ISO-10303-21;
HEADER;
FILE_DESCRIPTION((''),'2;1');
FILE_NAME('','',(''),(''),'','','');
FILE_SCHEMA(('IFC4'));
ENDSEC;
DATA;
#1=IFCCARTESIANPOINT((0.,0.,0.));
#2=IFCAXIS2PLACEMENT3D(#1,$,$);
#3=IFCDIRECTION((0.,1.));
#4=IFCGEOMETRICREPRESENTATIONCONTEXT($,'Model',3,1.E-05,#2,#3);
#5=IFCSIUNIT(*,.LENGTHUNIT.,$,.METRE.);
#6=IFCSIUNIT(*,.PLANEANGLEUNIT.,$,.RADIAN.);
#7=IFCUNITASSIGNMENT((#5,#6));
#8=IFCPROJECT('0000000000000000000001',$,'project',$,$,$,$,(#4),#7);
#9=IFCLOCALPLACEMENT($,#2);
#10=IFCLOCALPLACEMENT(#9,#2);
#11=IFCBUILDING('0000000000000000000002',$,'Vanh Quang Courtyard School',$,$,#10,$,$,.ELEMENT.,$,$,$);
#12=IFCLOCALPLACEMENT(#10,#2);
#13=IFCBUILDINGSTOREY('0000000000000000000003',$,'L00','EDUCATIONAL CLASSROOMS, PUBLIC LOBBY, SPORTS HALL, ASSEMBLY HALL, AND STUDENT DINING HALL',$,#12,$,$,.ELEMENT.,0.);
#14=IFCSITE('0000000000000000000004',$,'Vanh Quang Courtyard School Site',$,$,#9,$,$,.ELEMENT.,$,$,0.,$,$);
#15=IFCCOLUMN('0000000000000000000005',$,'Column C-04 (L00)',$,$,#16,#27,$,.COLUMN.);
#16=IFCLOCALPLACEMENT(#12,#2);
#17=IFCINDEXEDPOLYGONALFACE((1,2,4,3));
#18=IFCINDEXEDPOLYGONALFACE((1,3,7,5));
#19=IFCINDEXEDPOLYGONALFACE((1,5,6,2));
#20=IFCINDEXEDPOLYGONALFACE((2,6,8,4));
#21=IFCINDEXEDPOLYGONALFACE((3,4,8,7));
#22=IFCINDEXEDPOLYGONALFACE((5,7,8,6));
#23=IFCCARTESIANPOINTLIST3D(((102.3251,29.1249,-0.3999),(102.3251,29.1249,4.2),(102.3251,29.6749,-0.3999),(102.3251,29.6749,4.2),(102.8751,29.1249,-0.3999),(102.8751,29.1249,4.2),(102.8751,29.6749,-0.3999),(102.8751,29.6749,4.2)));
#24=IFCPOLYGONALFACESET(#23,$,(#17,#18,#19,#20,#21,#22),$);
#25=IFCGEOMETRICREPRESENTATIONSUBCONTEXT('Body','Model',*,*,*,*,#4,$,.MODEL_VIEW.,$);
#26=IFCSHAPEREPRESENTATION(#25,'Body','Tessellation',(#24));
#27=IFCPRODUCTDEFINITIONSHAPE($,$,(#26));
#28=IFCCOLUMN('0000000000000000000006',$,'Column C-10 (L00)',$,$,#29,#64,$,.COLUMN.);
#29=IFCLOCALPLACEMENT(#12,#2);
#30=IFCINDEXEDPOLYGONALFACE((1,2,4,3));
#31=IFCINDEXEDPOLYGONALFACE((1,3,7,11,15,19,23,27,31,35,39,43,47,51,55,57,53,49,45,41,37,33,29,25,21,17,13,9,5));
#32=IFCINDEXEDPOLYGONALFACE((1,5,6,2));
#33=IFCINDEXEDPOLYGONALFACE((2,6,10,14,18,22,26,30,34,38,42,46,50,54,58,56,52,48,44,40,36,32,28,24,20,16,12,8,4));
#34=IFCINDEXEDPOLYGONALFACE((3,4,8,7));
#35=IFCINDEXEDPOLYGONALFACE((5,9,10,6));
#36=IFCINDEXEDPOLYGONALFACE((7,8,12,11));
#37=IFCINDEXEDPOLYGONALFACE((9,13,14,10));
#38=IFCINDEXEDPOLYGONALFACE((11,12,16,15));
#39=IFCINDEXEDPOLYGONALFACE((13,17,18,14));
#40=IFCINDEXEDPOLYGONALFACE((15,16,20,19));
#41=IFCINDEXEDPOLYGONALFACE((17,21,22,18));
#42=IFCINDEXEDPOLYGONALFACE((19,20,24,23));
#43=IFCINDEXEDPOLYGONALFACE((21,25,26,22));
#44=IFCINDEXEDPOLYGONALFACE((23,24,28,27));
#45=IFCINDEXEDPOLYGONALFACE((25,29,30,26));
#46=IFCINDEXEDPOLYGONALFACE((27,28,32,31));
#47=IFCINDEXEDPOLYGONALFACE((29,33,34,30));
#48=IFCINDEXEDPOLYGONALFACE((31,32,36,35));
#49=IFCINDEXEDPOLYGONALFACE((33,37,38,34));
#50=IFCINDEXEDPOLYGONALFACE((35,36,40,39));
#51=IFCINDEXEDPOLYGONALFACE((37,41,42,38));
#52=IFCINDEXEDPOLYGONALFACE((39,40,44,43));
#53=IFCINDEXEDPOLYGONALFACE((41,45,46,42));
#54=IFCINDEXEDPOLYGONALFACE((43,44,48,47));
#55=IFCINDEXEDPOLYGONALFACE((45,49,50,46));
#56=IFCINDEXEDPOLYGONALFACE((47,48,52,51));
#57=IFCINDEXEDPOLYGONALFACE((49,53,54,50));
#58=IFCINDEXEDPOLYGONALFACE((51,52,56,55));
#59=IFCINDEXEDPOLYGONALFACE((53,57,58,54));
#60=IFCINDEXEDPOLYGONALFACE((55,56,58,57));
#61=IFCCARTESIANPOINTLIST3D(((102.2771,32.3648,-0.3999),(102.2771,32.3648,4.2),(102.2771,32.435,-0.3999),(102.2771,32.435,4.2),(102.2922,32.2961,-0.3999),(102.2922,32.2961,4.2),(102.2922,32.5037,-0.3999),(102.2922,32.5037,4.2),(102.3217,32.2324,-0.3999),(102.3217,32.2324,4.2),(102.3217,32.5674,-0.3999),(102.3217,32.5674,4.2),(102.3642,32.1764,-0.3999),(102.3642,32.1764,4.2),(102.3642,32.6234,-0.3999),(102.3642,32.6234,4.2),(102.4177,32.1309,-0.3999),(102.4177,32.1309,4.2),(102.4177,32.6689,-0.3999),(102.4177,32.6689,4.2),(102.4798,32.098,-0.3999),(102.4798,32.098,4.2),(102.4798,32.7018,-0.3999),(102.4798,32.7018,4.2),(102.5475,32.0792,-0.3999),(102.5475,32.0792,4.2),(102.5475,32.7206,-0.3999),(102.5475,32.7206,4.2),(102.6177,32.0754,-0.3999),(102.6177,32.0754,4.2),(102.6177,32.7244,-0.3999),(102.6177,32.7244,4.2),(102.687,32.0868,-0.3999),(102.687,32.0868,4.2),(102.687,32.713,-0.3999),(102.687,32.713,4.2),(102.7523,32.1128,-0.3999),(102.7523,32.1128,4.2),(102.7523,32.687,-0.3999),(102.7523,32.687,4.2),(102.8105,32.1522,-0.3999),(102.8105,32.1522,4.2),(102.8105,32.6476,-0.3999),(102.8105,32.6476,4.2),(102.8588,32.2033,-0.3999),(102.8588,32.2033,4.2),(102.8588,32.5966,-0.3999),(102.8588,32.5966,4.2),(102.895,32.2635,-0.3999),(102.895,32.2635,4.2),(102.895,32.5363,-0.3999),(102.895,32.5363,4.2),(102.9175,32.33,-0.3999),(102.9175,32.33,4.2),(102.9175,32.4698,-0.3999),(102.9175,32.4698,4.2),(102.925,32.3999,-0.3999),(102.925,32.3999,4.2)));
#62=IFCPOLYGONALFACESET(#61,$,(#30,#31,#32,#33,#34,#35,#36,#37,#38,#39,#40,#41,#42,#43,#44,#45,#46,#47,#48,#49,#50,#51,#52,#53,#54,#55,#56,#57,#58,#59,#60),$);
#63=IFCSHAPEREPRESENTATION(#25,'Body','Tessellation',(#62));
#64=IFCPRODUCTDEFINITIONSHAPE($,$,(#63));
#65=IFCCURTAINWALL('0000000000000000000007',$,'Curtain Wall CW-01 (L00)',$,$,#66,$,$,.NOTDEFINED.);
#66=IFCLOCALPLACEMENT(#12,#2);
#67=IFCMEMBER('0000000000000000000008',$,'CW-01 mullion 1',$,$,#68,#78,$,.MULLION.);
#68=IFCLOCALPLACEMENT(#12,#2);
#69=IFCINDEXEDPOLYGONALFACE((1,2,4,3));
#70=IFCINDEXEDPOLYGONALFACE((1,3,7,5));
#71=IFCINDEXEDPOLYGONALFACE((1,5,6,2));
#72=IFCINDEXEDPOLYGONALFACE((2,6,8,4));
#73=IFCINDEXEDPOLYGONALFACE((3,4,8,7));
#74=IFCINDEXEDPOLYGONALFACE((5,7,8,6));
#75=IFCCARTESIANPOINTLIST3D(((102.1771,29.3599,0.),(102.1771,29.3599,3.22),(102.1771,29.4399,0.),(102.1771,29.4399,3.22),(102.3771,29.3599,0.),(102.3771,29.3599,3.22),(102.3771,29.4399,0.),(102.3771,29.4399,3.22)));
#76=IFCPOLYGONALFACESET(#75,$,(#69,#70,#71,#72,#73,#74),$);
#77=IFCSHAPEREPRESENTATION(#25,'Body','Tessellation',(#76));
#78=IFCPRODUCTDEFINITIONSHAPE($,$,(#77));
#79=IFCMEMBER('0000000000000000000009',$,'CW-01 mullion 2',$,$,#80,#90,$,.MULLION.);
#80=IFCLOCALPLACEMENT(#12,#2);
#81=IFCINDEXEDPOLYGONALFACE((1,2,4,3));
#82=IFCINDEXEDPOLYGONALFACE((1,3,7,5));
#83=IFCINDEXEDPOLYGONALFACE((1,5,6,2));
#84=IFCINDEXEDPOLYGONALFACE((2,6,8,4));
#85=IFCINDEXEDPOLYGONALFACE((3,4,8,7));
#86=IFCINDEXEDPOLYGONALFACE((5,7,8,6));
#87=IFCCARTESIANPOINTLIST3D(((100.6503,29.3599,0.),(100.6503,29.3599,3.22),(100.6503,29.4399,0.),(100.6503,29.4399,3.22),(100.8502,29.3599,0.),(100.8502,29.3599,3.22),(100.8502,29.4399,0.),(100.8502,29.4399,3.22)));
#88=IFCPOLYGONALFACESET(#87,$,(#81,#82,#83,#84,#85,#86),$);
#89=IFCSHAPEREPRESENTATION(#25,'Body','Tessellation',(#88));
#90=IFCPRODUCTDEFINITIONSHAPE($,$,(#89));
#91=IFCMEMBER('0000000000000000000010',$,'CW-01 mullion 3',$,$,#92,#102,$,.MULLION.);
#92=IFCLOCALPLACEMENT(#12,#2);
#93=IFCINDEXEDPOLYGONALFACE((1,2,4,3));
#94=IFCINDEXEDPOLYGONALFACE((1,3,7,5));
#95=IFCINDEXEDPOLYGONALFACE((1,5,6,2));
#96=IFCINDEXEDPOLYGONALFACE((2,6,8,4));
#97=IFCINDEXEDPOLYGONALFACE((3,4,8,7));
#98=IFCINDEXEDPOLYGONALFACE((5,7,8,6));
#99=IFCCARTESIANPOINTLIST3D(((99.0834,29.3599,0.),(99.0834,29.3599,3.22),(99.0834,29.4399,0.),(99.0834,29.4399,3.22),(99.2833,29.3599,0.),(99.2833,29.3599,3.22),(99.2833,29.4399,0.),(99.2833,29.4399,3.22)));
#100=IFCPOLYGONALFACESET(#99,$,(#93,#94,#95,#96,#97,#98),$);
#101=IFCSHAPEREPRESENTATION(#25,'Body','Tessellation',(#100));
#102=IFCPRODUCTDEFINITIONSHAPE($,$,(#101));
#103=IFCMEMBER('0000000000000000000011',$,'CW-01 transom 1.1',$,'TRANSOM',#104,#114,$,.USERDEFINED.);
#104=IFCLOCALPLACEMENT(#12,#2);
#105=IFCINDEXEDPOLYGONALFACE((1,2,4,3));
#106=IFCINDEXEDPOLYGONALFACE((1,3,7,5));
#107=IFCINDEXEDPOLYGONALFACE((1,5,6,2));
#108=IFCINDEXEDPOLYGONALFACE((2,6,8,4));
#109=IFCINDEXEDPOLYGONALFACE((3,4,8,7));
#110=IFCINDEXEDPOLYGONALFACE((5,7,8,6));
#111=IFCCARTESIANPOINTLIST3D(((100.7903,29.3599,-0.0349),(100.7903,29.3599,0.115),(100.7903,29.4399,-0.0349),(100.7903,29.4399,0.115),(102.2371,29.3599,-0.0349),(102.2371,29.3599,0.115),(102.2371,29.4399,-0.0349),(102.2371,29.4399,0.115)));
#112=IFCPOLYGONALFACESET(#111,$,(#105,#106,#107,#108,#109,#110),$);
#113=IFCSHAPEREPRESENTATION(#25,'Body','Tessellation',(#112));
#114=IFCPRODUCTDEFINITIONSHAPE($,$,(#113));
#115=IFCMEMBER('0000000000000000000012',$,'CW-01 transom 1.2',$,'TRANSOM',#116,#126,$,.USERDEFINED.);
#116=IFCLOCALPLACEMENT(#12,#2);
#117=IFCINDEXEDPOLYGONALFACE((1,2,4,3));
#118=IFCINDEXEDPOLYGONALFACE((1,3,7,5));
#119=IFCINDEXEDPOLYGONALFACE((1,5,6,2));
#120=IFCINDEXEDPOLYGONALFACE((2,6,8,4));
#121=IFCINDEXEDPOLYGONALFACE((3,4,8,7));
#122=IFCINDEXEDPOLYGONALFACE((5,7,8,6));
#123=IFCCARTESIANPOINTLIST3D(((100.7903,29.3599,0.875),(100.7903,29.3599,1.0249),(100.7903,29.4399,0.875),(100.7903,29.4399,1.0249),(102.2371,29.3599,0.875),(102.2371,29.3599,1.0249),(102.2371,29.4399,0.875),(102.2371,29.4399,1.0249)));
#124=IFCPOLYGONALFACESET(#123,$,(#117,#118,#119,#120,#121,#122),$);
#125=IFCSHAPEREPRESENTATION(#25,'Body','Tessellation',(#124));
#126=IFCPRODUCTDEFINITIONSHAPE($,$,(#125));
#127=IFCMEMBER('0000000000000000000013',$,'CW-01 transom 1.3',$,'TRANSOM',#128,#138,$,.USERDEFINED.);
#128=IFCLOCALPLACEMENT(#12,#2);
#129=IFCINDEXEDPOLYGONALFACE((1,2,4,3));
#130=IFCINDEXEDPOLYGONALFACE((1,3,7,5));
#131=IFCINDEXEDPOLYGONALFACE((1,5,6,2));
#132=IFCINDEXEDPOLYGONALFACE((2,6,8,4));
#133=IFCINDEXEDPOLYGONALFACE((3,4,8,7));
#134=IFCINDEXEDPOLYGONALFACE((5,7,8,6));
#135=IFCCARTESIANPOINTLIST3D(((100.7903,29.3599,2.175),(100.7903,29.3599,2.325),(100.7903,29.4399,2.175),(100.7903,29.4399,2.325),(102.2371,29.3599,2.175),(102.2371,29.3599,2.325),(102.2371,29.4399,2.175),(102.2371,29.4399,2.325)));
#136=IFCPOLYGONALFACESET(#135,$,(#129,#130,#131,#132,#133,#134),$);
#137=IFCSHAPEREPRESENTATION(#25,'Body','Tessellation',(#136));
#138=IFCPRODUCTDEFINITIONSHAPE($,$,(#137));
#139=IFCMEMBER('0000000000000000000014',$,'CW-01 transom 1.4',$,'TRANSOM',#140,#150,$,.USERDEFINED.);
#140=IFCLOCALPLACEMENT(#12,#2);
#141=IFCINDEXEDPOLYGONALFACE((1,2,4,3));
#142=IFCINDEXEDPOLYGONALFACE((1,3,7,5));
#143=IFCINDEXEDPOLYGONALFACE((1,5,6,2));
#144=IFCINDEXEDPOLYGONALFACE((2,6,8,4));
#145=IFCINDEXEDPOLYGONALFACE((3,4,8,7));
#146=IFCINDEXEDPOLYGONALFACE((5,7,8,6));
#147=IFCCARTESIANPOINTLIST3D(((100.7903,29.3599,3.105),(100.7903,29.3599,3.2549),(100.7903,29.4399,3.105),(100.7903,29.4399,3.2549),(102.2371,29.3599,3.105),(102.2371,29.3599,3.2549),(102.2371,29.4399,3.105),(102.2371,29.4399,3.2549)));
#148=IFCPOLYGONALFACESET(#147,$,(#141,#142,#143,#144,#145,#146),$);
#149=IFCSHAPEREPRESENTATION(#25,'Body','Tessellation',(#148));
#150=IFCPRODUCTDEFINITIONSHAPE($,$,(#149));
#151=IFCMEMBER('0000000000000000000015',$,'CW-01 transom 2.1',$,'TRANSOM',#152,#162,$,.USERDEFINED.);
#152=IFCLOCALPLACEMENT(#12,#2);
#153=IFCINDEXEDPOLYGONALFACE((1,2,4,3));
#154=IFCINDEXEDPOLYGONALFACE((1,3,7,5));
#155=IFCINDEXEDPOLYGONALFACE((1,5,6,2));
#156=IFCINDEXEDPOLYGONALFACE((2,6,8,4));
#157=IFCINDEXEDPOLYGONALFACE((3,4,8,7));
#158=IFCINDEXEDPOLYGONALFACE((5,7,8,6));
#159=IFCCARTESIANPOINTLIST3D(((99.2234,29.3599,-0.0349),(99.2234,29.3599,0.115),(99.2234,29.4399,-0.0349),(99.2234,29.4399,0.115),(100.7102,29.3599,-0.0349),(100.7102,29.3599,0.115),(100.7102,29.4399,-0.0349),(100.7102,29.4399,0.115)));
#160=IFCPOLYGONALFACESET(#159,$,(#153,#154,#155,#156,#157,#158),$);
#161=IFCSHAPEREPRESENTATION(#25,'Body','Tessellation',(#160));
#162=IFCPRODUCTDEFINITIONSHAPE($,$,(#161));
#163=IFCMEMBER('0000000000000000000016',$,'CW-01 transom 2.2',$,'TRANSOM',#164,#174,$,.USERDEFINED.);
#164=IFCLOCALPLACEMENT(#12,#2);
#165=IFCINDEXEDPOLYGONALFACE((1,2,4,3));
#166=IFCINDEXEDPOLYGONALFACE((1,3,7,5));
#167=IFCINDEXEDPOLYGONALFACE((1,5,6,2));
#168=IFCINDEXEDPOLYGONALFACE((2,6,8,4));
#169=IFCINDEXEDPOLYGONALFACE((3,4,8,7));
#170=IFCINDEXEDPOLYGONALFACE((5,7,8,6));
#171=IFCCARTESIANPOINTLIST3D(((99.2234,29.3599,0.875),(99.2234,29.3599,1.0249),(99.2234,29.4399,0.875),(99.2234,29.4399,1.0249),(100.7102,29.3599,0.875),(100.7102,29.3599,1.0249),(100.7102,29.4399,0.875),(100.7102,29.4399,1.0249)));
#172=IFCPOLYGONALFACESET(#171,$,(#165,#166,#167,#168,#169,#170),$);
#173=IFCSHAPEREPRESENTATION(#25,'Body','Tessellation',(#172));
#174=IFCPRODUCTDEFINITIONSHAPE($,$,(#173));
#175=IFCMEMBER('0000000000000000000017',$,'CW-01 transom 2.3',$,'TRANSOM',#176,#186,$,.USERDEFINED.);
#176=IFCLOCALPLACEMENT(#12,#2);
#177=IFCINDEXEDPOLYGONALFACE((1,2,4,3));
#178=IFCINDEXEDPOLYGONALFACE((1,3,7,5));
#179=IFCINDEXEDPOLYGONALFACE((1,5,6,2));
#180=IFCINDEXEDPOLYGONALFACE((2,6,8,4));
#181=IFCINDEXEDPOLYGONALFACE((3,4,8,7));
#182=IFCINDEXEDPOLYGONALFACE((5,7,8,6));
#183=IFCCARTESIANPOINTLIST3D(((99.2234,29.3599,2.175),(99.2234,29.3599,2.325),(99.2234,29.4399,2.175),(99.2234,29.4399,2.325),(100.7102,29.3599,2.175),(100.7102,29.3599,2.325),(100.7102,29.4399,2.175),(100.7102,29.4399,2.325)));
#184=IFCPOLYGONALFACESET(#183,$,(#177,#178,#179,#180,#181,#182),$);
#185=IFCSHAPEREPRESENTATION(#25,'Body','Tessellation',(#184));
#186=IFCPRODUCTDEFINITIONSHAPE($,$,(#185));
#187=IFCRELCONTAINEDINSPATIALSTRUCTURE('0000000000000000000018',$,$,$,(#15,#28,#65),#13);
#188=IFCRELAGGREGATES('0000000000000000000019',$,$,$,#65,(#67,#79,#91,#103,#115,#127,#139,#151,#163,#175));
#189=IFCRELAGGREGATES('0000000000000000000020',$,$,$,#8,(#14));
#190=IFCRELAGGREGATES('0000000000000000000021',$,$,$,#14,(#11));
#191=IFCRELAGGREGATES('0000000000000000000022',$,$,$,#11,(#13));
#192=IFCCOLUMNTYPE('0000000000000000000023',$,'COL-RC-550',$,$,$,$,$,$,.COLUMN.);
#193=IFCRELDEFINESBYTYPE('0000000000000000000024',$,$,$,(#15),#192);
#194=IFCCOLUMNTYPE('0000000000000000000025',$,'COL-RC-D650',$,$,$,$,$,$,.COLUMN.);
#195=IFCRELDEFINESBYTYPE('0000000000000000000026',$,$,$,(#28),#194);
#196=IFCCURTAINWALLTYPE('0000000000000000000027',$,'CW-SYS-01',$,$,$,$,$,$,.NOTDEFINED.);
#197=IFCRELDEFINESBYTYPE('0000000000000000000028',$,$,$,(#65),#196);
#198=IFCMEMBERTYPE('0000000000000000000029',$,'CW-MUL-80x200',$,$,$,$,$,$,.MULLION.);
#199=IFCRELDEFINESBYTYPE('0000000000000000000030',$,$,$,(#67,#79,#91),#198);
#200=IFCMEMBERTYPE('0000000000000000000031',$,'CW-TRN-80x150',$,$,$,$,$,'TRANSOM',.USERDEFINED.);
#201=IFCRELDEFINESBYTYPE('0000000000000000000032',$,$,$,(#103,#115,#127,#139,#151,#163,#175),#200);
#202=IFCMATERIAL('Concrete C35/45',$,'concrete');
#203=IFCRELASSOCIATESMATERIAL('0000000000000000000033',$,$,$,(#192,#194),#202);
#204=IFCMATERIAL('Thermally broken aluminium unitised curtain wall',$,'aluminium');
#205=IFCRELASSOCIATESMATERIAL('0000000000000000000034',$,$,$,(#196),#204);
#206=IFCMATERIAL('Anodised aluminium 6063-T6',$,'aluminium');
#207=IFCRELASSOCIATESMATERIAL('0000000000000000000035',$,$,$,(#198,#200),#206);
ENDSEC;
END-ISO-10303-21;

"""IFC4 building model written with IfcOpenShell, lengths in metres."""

from ifc_helpers import new_model, si_unit, direction, frame, origin, origin_2d, place, context, subcontext, project, spatial, rectangle, circle, extrude, material, material_profile, profile_set, type_object, element, aggregate, save


model = new_model("IFC4")

# Units and contexts
model_context = context("Model", 3, precision=1e-05, world=origin(), true_north=direction((0.0, 1.0)))
body_context = subcontext(model_context, "Body", "Model", "MODEL_VIEW")
ifc_project = project(units=[si_unit("LENGTHUNIT", "METRE"), si_unit("PLANEANGLEUNIT", "RADIAN")], contexts=[model_context])

# Site, building, storey
site_placement = place(None, origin())
site = spatial("IfcSite", under=ifc_project, at=site_placement, Name="Vanh Quang Courtyard School Site", CompositionType="ELEMENT", RefElevation=0.0)
building_placement = place(site_placement, origin())
building = spatial("IfcBuilding", under=site, at=building_placement, Name="Vanh Quang Courtyard School", CompositionType="ELEMENT")
storey_placement = place(building_placement, origin())
storey = spatial("IfcBuildingStorey", under=building, at=storey_placement, Name="L00", Description="EDUCATIONAL CLASSROOMS, PUBLIC LOBBY, SPORTS HALL, ASSEMBLY HALL, AND STUDENT DINING HALL", CompositionType="ELEMENT", Elevation=0.0)

# Columns
ifc_material_1 = material(Name="Concrete C35/45", Category="concrete")
ifc_material_profile_1 = material_profile(ifc_material_1, rectangle(XDim=0.55, YDim=0.55, at=origin_2d()), Name="RC-COL 550x550")
ifc_profile_set_1 = profile_set([ifc_material_profile_1], Name="Concrete C35/45")
column_type_1 = type_object("IfcColumnType", Name="COL-RC-550", PredefinedType="COLUMN", material=ifc_profile_set_1)
column_1_placement = place(storey_placement, frame((102.6001, 29.3999, -0.3999), z_axis=(0.0, 0.0, 1.0), x_axis=(1.0, 0.0, 0.0)))
element("IfcColumn", 1, at=column_1_placement, inside=storey, type_object=column_type_1, Name="Column C-04 (L00)", PredefinedType="COLUMN", context=body_context, shape_type="SweptSolid", body=[
    extrude(rectangle(XDim=0.55, YDim=0.55, at=origin_2d()), origin(), (0.0, 0.0, 1.0), 4.5999),
])
ifc_material_profile_2 = material_profile(ifc_material_1, circle(Radius=0.325, at=origin_2d()), Name="RC-COL D650")
ifc_profile_set_2 = profile_set([ifc_material_profile_2], Name="Concrete C35/45")
column_type_2 = type_object("IfcColumnType", Name="COL-RC-D650", PredefinedType="COLUMN", material=ifc_profile_set_2)
column_2_placement = place(storey_placement, frame((102.6001, 32.3999, -0.3999), z_axis=(0.0, 0.0, 1.0), x_axis=(1.0, 0.0, 0.0)))
element("IfcColumn", 2, at=column_2_placement, inside=storey, type_object=column_type_2, Name="Column C-10 (L00)", PredefinedType="COLUMN", context=body_context, shape_type="SweptSolid", body=[
    extrude(circle(Radius=0.325, at=origin_2d()), origin(), (0.0, 0.0, 1.0), 4.5999),
])

# Curtain wall, members
ifc_material_2 = material(Name="Thermally broken aluminium unitised curtain wall", Category="aluminium")
curtain_wall_type = type_object("IfcCurtainWallType", Name="CW-SYS-01", PredefinedType="NOTDEFINED", material=ifc_material_2)
curtain_wall_placement = place(storey_placement, origin())
curtain_wall = element("IfcCurtainWall", 3, at=curtain_wall_placement, inside=storey, type_object=curtain_wall_type, Name="Curtain Wall CW-01 (L00)", PredefinedType="NOTDEFINED")
ifc_material_3 = material(Name="Anodised aluminium 6063-T6", Category="aluminium")
ifc_material_profile_3 = material_profile(ifc_material_3, rectangle(XDim=0.0801, YDim=0.2, at=origin_2d()), Name="ALU-MUL 80x200")
ifc_profile_set_3 = profile_set([ifc_material_profile_3], Name="Anodised aluminium 6063-T6")
member_type_1 = type_object("IfcMemberType", Name="CW-MUL-80x200", PredefinedType="MULLION", material=ifc_profile_set_3)
member_1_placement = place(storey_placement, frame((102.2771, 29.3999, 0.0), z_axis=(0.0, 0.0, 1.0), x_axis=(0.0, -1.0, 0.0)))
member_1 = element("IfcMember", 4, at=member_1_placement, type_object=member_type_1, Name="CW-01 mullion 1", PredefinedType="MULLION", context=body_context, shape_type="SweptSolid", body=[
    extrude(rectangle(XDim=0.0801, YDim=0.2, at=origin_2d()), origin(), (0.0, 0.0, 1.0), 3.22),
])
member_2_placement = place(storey_placement, frame((100.7502, 29.3999, 0.0), z_axis=(0.0, 0.0, 1.0), x_axis=(0.0, -1.0, 0.0)))
member_2 = element("IfcMember", 5, at=member_2_placement, type_object=member_type_1, Name="CW-01 mullion 2", PredefinedType="MULLION", context=body_context, shape_type="SweptSolid", body=[
    extrude(rectangle(XDim=0.0801, YDim=0.2, at=origin_2d()), origin(), (0.0, 0.0, 1.0), 3.22),
])
member_3_placement = place(storey_placement, frame((99.1833, 29.3999, 0.0), z_axis=(0.0, 0.0, 1.0), x_axis=(0.0, -1.0, 0.0)))
member_3 = element("IfcMember", 6, at=member_3_placement, type_object=member_type_1, Name="CW-01 mullion 3", PredefinedType="MULLION", context=body_context, shape_type="SweptSolid", body=[
    extrude(rectangle(XDim=0.0801, YDim=0.2, at=origin_2d()), origin(), (0.0, 0.0, 1.0), 3.22),
])
ifc_material_profile_4 = material_profile(ifc_material_3, rectangle(XDim=0.0801, YDim=0.1499, at=origin_2d()), Name="ALU-TRN 80x150")
ifc_profile_set_4 = profile_set([ifc_material_profile_4], Name="Anodised aluminium 6063-T6")
member_type_2 = type_object("IfcMemberType", Name="CW-TRN-80x150", ElementType="TRANSOM", PredefinedType="USERDEFINED", material=ifc_profile_set_4)
member_4_placement = place(storey_placement, frame((102.2371, 29.3999, 0.04), z_axis=(-1.0, 0.0, 0.0), x_axis=(0.0, -1.0, 0.0)))
member_4 = element("IfcMember", 7, at=member_4_placement, type_object=member_type_2, Name="CW-01 transom 1.1", ObjectType="TRANSOM", PredefinedType="USERDEFINED", context=body_context, shape_type="SweptSolid", body=[
    extrude(rectangle(XDim=0.0801, YDim=0.1499, at=origin_2d()), origin(), (0.0, 0.0, 1.0), 1.4468),
])
member_5_placement = place(storey_placement, frame((102.2371, 29.3999, 0.95), z_axis=(-1.0, 0.0, 0.0), x_axis=(0.0, -1.0, 0.0)))
member_5 = element("IfcMember", 8, at=member_5_placement, type_object=member_type_2, Name="CW-01 transom 1.2", ObjectType="TRANSOM", PredefinedType="USERDEFINED", context=body_context, shape_type="SweptSolid", body=[
    extrude(rectangle(XDim=0.0801, YDim=0.1499, at=origin_2d()), origin(), (0.0, 0.0, 1.0), 1.4468),
])
member_6_placement = place(storey_placement, frame((102.2371, 29.3999, 2.25), z_axis=(-1.0, 0.0, 0.0), x_axis=(0.0, -1.0, 0.0)))
member_6 = element("IfcMember", 9, at=member_6_placement, type_object=member_type_2, Name="CW-01 transom 1.3", ObjectType="TRANSOM", PredefinedType="USERDEFINED", context=body_context, shape_type="SweptSolid", body=[
    extrude(rectangle(XDim=0.0801, YDim=0.1499, at=origin_2d()), origin(), (0.0, 0.0, 1.0), 1.4468),
])
member_7_placement = place(storey_placement, frame((102.2371, 29.3999, 3.1799), z_axis=(-1.0, 0.0, 0.0), x_axis=(0.0, -1.0, 0.0)))
member_7 = element("IfcMember", 10, at=member_7_placement, type_object=member_type_2, Name="CW-01 transom 1.4", ObjectType="TRANSOM", PredefinedType="USERDEFINED", context=body_context, shape_type="SweptSolid", body=[
    extrude(rectangle(XDim=0.0801, YDim=0.1499, at=origin_2d()), origin(), (0.0, 0.0, 1.0), 1.4468),
])
member_8_placement = place(storey_placement, frame((100.7102, 29.3999, 0.04), z_axis=(-1.0, 0.0, 0.0), x_axis=(0.0, -1.0, 0.0)))
member_8 = element("IfcMember", 11, at=member_8_placement, type_object=member_type_2, Name="CW-01 transom 2.1", ObjectType="TRANSOM", PredefinedType="USERDEFINED", context=body_context, shape_type="SweptSolid", body=[
    extrude(rectangle(XDim=0.0801, YDim=0.1499, at=origin_2d()), origin(), (0.0, 0.0, 1.0), 1.4868),
])
member_9_placement = place(storey_placement, frame((100.7102, 29.3999, 0.95), z_axis=(-1.0, 0.0, 0.0), x_axis=(0.0, -1.0, 0.0)))
member_9 = element("IfcMember", 12, at=member_9_placement, type_object=member_type_2, Name="CW-01 transom 2.2", ObjectType="TRANSOM", PredefinedType="USERDEFINED", context=body_context, shape_type="SweptSolid", body=[
    extrude(rectangle(XDim=0.0801, YDim=0.1499, at=origin_2d()), origin(), (0.0, 0.0, 1.0), 1.4868),
])
member_10_placement = place(storey_placement, frame((100.7102, 29.3999, 2.25), z_axis=(-1.0, 0.0, 0.0), x_axis=(0.0, -1.0, 0.0)))
member_10 = element("IfcMember", 13, at=member_10_placement, type_object=member_type_2, Name="CW-01 transom 2.3", ObjectType="TRANSOM", PredefinedType="USERDEFINED", context=body_context, shape_type="SweptSolid", body=[
    extrude(rectangle(XDim=0.0801, YDim=0.1499, at=origin_2d()), origin(), (0.0, 0.0, 1.0), 1.4868),
])
aggregate(curtain_wall, [member_1, member_2, member_3, member_4, member_5, member_6, member_7, member_8, member_9, member_10])

save(model, "model.ifc")
